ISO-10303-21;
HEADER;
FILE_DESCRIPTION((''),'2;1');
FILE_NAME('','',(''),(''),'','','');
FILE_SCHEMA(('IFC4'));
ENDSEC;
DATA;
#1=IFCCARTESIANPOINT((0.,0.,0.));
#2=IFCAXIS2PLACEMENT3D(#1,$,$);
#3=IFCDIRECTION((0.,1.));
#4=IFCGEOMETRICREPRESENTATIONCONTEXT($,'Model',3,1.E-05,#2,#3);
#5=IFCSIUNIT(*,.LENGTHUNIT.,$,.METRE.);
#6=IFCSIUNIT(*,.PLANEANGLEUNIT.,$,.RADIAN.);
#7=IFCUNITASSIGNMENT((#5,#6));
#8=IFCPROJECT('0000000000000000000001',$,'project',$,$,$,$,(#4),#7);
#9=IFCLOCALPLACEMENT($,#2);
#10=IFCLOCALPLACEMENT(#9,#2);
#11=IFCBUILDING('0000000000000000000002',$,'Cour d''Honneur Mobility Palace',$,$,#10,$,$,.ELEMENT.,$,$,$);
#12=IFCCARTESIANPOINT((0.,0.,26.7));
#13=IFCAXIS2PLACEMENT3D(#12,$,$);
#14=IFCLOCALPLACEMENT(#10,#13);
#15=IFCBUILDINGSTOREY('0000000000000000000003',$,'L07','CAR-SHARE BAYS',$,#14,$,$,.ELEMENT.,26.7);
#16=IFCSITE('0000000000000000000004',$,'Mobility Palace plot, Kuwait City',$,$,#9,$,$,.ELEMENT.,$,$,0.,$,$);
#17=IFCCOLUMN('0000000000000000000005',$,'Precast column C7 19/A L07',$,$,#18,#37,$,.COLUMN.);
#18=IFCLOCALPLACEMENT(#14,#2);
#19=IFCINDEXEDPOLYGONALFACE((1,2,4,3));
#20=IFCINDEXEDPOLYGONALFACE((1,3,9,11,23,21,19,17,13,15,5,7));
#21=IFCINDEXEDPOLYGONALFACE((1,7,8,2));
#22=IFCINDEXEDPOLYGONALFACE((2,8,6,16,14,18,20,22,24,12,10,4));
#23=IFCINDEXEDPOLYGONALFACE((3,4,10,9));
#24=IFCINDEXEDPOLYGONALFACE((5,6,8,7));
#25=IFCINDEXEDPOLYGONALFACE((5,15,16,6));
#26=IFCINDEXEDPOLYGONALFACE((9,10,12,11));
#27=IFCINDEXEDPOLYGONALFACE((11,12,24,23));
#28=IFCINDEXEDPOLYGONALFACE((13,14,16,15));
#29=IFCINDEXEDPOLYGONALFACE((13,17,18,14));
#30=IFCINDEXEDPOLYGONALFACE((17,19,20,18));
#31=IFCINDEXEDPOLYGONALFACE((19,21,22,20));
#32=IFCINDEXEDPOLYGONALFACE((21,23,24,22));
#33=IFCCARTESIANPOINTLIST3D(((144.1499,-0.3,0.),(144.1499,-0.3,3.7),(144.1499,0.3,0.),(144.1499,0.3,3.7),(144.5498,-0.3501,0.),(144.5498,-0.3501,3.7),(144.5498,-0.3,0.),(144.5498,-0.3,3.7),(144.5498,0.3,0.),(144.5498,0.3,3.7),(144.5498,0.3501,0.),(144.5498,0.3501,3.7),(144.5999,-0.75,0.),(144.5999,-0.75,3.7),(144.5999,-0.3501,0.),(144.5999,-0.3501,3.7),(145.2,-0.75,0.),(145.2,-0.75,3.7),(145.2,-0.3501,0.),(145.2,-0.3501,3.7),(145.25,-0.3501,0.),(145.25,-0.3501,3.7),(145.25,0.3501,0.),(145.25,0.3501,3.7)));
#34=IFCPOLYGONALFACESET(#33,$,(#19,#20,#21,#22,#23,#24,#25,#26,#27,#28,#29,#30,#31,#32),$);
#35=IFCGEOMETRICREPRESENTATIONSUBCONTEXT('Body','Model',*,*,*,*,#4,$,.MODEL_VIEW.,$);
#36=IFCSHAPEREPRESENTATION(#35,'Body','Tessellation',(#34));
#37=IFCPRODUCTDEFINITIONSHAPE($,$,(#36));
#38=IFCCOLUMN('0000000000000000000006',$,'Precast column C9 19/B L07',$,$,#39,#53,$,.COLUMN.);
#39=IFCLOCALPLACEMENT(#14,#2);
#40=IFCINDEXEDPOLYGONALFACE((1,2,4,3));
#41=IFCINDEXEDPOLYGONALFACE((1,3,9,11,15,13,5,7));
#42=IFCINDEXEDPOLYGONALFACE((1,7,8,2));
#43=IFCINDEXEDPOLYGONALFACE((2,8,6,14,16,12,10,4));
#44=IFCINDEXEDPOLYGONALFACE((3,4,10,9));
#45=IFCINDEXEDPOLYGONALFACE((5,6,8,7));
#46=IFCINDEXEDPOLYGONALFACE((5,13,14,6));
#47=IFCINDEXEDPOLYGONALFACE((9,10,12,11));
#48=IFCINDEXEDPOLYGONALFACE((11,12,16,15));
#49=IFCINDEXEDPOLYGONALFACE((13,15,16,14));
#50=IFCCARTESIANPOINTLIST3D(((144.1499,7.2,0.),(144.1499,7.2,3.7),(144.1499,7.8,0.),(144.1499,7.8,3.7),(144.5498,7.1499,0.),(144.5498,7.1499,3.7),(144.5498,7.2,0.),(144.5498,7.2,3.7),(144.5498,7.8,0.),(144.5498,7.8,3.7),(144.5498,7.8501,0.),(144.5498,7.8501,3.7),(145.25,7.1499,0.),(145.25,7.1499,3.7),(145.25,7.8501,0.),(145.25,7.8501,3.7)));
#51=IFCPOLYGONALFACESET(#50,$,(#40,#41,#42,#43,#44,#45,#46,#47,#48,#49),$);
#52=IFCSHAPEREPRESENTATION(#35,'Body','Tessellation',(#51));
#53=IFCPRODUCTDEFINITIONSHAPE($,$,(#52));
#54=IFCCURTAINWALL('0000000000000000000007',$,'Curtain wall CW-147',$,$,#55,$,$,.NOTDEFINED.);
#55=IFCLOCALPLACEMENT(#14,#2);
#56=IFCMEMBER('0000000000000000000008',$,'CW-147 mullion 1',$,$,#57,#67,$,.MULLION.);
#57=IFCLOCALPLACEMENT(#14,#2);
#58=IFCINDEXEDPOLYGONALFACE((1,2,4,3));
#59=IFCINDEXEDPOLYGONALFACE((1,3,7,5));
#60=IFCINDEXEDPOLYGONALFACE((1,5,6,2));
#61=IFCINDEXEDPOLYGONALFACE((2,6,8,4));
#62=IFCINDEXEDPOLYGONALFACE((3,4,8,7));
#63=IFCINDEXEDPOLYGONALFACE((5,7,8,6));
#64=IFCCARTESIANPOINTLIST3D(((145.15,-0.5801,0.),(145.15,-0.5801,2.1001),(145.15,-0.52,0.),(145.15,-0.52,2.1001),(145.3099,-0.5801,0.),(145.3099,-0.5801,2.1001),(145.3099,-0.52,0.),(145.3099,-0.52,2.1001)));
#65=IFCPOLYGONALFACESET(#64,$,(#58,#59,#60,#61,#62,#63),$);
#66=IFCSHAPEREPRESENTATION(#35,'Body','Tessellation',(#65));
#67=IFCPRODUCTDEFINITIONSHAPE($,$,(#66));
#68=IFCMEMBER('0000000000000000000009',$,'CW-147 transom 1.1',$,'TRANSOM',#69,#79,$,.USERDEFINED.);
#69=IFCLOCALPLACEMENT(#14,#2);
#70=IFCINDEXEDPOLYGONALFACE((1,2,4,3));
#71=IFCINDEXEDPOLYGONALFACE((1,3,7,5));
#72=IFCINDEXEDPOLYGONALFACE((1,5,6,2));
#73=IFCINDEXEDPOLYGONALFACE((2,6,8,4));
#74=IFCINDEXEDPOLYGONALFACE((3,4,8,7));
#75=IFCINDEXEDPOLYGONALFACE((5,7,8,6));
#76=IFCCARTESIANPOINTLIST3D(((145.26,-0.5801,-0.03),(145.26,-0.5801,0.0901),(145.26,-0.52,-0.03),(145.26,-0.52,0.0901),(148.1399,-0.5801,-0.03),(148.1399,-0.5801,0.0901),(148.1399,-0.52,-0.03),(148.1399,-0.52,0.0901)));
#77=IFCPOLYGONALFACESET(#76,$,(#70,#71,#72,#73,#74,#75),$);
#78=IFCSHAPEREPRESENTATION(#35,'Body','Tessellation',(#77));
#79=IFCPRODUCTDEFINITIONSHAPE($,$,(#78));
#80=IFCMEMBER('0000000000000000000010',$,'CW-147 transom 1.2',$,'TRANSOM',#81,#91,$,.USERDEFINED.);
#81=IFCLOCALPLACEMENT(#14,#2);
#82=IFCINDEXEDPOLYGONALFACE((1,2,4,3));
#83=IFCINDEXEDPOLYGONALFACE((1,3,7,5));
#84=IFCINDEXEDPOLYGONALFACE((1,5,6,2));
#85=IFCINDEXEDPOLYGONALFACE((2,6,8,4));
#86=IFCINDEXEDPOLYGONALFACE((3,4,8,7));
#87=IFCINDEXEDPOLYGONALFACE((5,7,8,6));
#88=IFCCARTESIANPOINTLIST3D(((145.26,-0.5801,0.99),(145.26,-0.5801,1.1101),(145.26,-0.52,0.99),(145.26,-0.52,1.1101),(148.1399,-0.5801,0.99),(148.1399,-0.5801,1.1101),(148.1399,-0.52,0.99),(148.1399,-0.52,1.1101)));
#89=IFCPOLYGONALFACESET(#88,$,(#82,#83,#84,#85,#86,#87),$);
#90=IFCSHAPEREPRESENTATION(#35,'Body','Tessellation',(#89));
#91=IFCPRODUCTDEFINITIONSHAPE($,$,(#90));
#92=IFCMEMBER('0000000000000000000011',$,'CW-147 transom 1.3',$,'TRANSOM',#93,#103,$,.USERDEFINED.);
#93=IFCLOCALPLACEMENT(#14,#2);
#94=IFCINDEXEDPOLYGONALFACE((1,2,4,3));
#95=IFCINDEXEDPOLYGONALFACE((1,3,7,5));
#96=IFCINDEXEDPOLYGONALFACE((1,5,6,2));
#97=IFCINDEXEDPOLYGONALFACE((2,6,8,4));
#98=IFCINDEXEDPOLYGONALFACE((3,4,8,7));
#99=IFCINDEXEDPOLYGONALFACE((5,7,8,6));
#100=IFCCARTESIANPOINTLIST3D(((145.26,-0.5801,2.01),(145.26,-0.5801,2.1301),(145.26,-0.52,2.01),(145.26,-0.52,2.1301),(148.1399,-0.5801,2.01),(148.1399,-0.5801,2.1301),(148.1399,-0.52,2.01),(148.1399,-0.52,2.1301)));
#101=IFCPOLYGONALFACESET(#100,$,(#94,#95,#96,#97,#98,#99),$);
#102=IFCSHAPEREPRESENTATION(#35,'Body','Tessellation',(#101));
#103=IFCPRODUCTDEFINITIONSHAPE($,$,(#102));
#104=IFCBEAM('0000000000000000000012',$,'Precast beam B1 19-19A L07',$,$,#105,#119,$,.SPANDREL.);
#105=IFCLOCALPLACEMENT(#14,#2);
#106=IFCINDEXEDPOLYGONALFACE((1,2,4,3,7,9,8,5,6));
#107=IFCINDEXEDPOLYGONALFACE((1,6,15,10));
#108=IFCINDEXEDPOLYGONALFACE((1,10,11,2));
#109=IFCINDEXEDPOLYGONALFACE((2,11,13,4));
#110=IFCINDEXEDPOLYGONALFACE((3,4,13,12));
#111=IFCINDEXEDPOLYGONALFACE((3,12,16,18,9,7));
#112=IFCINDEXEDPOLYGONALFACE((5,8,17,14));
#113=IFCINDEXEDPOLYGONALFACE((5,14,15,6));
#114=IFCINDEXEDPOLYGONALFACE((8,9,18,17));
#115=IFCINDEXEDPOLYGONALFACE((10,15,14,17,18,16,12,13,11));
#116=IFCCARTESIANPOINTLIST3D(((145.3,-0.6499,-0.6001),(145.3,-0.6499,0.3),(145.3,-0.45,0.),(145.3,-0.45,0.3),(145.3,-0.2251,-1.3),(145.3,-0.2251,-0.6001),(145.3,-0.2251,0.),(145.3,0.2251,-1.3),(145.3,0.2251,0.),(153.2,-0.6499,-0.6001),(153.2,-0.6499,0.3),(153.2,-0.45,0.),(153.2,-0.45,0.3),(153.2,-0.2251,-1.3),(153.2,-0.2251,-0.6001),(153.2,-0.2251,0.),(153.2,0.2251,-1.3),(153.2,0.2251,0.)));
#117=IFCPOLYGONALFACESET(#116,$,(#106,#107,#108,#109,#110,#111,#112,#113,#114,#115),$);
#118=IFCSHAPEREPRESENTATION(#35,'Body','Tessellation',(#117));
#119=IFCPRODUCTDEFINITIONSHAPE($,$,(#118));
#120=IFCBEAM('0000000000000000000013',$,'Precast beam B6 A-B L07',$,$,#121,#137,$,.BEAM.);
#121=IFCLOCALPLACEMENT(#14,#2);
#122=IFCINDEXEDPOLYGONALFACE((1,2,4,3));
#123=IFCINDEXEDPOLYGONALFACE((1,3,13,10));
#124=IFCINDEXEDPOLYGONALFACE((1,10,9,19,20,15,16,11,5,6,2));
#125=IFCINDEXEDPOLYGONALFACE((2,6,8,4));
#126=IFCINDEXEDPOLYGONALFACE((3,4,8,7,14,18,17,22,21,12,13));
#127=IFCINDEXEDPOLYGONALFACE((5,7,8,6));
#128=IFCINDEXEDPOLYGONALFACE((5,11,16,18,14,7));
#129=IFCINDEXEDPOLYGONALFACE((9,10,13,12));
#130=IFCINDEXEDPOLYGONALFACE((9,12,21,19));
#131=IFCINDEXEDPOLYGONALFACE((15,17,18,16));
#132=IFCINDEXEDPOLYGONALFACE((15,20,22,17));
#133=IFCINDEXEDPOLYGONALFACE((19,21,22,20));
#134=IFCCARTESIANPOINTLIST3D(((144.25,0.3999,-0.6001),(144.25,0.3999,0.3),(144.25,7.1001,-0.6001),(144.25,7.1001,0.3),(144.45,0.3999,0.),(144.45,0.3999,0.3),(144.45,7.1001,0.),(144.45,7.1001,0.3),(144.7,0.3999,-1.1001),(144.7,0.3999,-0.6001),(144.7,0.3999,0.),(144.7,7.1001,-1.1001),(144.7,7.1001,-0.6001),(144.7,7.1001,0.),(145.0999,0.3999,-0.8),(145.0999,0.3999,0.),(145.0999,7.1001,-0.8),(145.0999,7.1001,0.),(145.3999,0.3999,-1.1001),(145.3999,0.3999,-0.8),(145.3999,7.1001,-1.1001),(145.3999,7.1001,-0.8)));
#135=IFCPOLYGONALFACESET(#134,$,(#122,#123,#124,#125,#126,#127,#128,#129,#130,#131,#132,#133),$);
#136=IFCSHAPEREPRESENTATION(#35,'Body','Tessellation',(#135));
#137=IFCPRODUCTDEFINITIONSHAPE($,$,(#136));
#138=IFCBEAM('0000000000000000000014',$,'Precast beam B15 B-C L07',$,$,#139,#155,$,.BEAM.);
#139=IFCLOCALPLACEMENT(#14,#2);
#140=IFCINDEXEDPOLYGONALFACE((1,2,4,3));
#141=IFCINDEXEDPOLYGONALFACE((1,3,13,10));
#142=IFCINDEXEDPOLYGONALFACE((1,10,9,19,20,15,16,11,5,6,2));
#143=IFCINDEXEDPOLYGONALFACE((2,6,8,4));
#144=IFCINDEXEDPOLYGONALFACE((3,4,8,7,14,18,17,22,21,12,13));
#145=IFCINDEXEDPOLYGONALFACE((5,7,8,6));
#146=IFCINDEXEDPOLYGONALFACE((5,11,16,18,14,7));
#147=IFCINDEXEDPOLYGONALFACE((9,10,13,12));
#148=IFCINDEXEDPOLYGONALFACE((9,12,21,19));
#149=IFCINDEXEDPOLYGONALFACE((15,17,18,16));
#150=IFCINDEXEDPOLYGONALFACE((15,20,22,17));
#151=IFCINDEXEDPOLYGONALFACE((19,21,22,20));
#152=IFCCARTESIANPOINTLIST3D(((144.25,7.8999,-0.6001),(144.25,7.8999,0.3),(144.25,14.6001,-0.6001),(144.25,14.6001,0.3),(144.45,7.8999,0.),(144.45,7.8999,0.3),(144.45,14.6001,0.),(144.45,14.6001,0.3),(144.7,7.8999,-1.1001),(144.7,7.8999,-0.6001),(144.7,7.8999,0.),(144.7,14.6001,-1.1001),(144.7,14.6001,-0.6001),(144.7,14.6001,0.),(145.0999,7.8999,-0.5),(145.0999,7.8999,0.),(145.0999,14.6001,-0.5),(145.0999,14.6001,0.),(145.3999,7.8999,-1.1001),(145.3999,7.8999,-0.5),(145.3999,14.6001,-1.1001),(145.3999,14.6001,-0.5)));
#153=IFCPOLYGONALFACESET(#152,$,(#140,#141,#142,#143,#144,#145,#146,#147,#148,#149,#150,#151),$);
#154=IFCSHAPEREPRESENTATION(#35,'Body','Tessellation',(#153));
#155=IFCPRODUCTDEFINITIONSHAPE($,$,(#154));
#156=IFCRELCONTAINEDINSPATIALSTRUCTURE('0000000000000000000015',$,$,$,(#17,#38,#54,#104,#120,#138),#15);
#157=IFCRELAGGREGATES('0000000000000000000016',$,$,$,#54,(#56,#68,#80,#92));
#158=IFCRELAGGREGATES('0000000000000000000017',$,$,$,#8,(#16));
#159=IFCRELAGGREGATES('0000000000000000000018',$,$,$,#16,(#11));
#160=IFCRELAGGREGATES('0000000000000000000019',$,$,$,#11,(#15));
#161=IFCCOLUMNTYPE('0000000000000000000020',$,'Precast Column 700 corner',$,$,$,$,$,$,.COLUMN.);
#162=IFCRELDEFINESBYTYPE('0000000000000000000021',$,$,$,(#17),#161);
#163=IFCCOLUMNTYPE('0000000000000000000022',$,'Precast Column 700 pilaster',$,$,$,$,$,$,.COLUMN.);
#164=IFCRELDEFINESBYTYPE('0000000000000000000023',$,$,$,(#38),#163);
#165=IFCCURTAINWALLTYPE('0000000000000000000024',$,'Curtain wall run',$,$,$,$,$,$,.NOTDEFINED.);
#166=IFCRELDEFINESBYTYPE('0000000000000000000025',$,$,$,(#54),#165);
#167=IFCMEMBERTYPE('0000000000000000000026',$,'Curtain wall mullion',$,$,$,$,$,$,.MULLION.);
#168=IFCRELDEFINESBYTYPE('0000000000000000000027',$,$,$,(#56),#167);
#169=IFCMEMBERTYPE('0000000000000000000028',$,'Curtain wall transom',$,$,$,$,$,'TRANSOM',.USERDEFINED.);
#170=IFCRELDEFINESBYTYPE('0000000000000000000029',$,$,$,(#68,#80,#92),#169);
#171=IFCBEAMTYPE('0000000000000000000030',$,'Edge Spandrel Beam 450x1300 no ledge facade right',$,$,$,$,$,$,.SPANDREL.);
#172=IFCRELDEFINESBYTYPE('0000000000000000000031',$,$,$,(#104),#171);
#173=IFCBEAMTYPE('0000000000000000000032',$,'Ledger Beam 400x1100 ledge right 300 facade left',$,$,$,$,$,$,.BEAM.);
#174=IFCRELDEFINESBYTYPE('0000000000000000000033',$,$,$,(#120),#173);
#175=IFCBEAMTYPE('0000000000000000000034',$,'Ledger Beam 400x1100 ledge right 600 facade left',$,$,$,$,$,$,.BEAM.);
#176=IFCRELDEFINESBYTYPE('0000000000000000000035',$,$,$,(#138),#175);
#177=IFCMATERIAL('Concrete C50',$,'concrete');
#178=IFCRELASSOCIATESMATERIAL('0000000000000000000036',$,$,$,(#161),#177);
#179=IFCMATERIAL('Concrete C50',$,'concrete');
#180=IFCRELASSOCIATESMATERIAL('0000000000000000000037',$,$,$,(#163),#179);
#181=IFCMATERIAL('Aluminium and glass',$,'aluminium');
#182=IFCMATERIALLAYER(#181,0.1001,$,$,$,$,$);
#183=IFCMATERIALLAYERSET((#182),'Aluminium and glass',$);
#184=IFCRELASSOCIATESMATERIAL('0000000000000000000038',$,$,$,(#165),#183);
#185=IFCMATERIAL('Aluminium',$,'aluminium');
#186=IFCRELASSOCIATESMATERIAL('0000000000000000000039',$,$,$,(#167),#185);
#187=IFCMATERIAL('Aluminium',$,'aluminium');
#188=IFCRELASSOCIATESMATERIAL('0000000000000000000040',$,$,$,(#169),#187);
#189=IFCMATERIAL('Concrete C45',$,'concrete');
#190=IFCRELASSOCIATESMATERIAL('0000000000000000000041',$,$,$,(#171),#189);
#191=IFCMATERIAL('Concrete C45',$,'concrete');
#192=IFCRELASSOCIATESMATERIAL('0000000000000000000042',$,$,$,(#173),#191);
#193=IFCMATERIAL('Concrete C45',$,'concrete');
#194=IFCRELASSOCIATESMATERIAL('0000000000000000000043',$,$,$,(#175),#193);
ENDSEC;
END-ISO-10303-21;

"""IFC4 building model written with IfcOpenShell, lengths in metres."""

from ifc_helpers import new_model, si_unit, direction, frame, origin, origin_2d, place, context, subcontext, project, spatial, polyline, rectangle, outline, extrude, material, layer, layer_set, material_profile, profile_set, type_object, element, aggregate, save


model = new_model("IFC4")

# Units and contexts
model_context = context("Model", 3, precision=1e-05, world=origin(), true_north=direction((0.0, 1.0)))
body_context = subcontext(model_context, "Body", "Model", "MODEL_VIEW")
ifc_project = project(units=[si_unit("LENGTHUNIT", "METRE"), si_unit("PLANEANGLEUNIT", "RADIAN")], contexts=[model_context])

# Site, building, storey
site_placement = place(None, origin())
site = spatial("IfcSite", under=ifc_project, at=site_placement, Name="Mobility Palace plot, Kuwait City", CompositionType="ELEMENT", RefElevation=0.0)
building_placement = place(site_placement, origin())
building = spatial("IfcBuilding", under=site, at=building_placement, Name="Cour d'Honneur Mobility Palace", CompositionType="ELEMENT")
storey_placement = place(building_placement, frame((0.0, 0.0, 26.7)))
storey = spatial("IfcBuildingStorey", under=building, at=storey_placement, Name="L07", Description="CAR-SHARE BAYS", CompositionType="ELEMENT", Elevation=26.7)

# Columns
ifc_material_1 = material(Name="Concrete C50", Category="concrete")
ifc_material_profile_1 = material_profile(ifc_material_1, outline(polyline([(-0.3501, -0.3501), (0.3501, -0.3501), (0.3501, -0.3), (0.75, -0.3), (0.75, 0.3), (0.3501, 0.3), (0.3501, 0.3501), (0.3, 0.3501), (0.3, 0.75), (-0.3, 0.75), (-0.3, 0.3501), (-0.3501, 0.3501), (-0.3501, -0.3501)])), Name="PC C700 corner")
ifc_profile_set_1 = profile_set([ifc_material_profile_1], Name="Concrete C50")
column_type_1 = type_object("IfcColumnType", Name="Precast Column 700 corner", PredefinedType="COLUMN", material=ifc_profile_set_1)
column_1_placement = place(storey_placement, frame((144.8999, 0.0, 0.0), z_axis=(0.0, 0.0, 1.0), x_axis=(-1.0, 0.0, 0.0)))
element("IfcColumn", 1, at=column_1_placement, inside=storey, type_object=column_type_1, Name="Precast column C7 19/A L07", PredefinedType="COLUMN", context=body_context, shape_type="SweptSolid", body=[
    extrude(outline(polyline([(-0.3501, -0.3501), (0.3501, -0.3501), (0.3501, -0.3), (0.75, -0.3), (0.75, 0.3), (0.3501, 0.3), (0.3501, 0.3501), (0.3, 0.3501), (0.3, 0.75), (-0.3, 0.75), (-0.3, 0.3501), (-0.3501, 0.3501), (-0.3501, -0.3501)])), origin(), (0.0, 0.0, 1.0), 3.7),
])
ifc_material_2 = material(Name="Concrete C50", Category="concrete")
ifc_material_profile_2 = material_profile(ifc_material_2, outline(polyline([(-0.3501, -0.3501), (0.3501, -0.3501), (0.3501, -0.3), (0.75, -0.3), (0.75, 0.3), (0.3501, 0.3), (0.3501, 0.3501), (-0.3501, 0.3501), (-0.3501, -0.3501)])), Name="PC C700 pilaster")
ifc_profile_set_2 = profile_set([ifc_material_profile_2], Name="Concrete C50")
column_type_2 = type_object("IfcColumnType", Name="Precast Column 700 pilaster", PredefinedType="COLUMN", material=ifc_profile_set_2)
column_2_placement = place(storey_placement, frame((144.8999, 7.5, 0.0), z_axis=(0.0, 0.0, 1.0), x_axis=(-1.0, 0.0, 0.0)))
element("IfcColumn", 2, at=column_2_placement, inside=storey, type_object=column_type_2, Name="Precast column C9 19/B L07", PredefinedType="COLUMN", context=body_context, shape_type="SweptSolid", body=[
    extrude(outline(polyline([(-0.3501, -0.3501), (0.3501, -0.3501), (0.3501, -0.3), (0.75, -0.3), (0.75, 0.3), (0.3501, 0.3), (0.3501, 0.3501), (-0.3501, 0.3501), (-0.3501, -0.3501)])), origin(), (0.0, 0.0, 1.0), 3.7),
])

# Curtain wall, members
ifc_material_3 = material(Name="Aluminium and glass", Category="aluminium")
ifc_layer_1 = layer(ifc_material_3, 0.1001)
ifc_layer_set_1 = layer_set([ifc_layer_1], Name="Aluminium and glass")
curtain_wall_type = type_object("IfcCurtainWallType", Name="Curtain wall run", PredefinedType="NOTDEFINED", material=ifc_layer_set_1)
curtain_wall_placement = place(storey_placement, origin())
curtain_wall = element("IfcCurtainWall", 3, at=curtain_wall_placement, inside=storey, type_object=curtain_wall_type, Name="Curtain wall CW-147", PredefinedType="NOTDEFINED")
ifc_material_4 = material(Name="Aluminium", Category="aluminium")
ifc_material_profile_3 = material_profile(ifc_material_4, rectangle(XDim=0.0601, YDim=0.1599, at=origin_2d()), Name="Curtain wall mullion")
ifc_profile_set_3 = profile_set([ifc_material_profile_3], Name="Aluminium")
member_type_1 = type_object("IfcMemberType", Name="Curtain wall mullion", PredefinedType="MULLION", material=ifc_profile_set_3)
member_1_placement = place(storey_placement, frame((145.23, -0.55, 0.0), z_axis=(0.0, 0.0, 1.0), x_axis=(0.0, 1.0, 0.0)))
member_1 = element("IfcMember", 4, at=member_1_placement, type_object=member_type_1, Name="CW-147 mullion 1", PredefinedType="MULLION", context=body_context, shape_type="SweptSolid", body=[
    extrude(rectangle(XDim=0.0601, YDim=0.1599, at=origin_2d()), origin(), (0.0, 0.0, 1.0), 2.1001),
])
ifc_material_5 = material(Name="Aluminium", Category="aluminium")
ifc_material_profile_4 = material_profile(ifc_material_5, rectangle(XDim=0.0601, YDim=0.1201, at=origin_2d()), Name="Curtain wall transom")
ifc_profile_set_4 = profile_set([ifc_material_profile_4], Name="Aluminium")
member_type_2 = type_object("IfcMemberType", Name="Curtain wall transom", ElementType="TRANSOM", PredefinedType="USERDEFINED", material=ifc_profile_set_4)
member_2_placement = place(storey_placement, frame((145.26, -0.55, 0.03), z_axis=(1.0, 0.0, 0.0), x_axis=(0.0, 1.0, 0.0)))
member_2 = element("IfcMember", 5, at=member_2_placement, type_object=member_type_2, Name="CW-147 transom 1.1", ObjectType="TRANSOM", PredefinedType="USERDEFINED", context=body_context, shape_type="SweptSolid", body=[
    extrude(rectangle(XDim=0.0601, YDim=0.1201, at=origin_2d()), origin(), (0.0, 0.0, 1.0), 2.8799),
])
member_3_placement = place(storey_placement, frame((145.26, -0.55, 1.05), z_axis=(1.0, 0.0, 0.0), x_axis=(0.0, 1.0, 0.0)))
member_3 = element("IfcMember", 6, at=member_3_placement, type_object=member_type_2, Name="CW-147 transom 1.2", ObjectType="TRANSOM", PredefinedType="USERDEFINED", context=body_context, shape_type="SweptSolid", body=[
    extrude(rectangle(XDim=0.0601, YDim=0.1201, at=origin_2d()), origin(), (0.0, 0.0, 1.0), 2.8799),
])
member_4_placement = place(storey_placement, frame((145.26, -0.55, 2.0701), z_axis=(1.0, 0.0, 0.0), x_axis=(0.0, 1.0, 0.0)))
member_4 = element("IfcMember", 7, at=member_4_placement, type_object=member_type_2, Name="CW-147 transom 1.3", ObjectType="TRANSOM", PredefinedType="USERDEFINED", context=body_context, shape_type="SweptSolid", body=[
    extrude(rectangle(XDim=0.0601, YDim=0.1201, at=origin_2d()), origin(), (0.0, 0.0, 1.0), 2.8799),
])

# Beams
ifc_material_6 = material(Name="Concrete C45", Category="concrete")
ifc_material_profile_5 = material_profile(ifc_material_6, outline(polyline([(0.2251, -1.3), (0.2251, 0.0), (-0.2251, 0.0), (-0.45, 0.0), (-0.45, 0.3), (-0.6499, 0.3), (-0.6499, -0.6001), (-0.2251, -0.6001), (-0.2251, -1.3), (0.2251, -1.3)])), Name="Edge Spandrel Beam 450x1300 no ledge facade right")
ifc_profile_set_5 = profile_set([ifc_material_profile_5], Name="Concrete C45")
beam_type_1 = type_object("IfcBeamType", Name="Edge Spandrel Beam 450x1300 no ledge facade right", PredefinedType="SPANDREL", material=ifc_profile_set_5)
beam_1_placement = place(storey_placement, frame((145.3, 0.0, 0.0), z_axis=(1.0, 0.0, 0.0), x_axis=(0.0, 1.0, 0.0)))
element("IfcBeam", 8, at=beam_1_placement, inside=storey, type_object=beam_type_1, Name="Precast beam B1 19-19A L07", PredefinedType="SPANDREL", context=body_context, shape_type="SweptSolid", body=[
    extrude(outline(polyline([(0.2251, -1.3), (0.2251, 0.0), (-0.2251, 0.0), (-0.45, 0.0), (-0.45, 0.3), (-0.6499, 0.3), (-0.6499, -0.6001), (-0.2251, -0.6001), (-0.2251, -1.3), (0.2251, -1.3)])), origin(), (0.0, 0.0, 1.0), 7.8999),
])
ifc_material_7 = material(Name="Concrete C45", Category="concrete")
ifc_material_profile_6 = material_profile(ifc_material_7, outline(polyline([(0.2, -1.1001), (0.2, -0.6001), (0.6499, -0.6001), (0.6499, 0.3), (0.45, 0.3), (0.45, 0.0), (0.2, 0.0), (-0.2, 0.0), (-0.2, -0.8), (-0.5, -0.8), (-0.5, -1.1001), (0.2, -1.1001)])), Name="Ledger Beam 400x1100 ledge right 300 facade left")
ifc_profile_set_6 = profile_set([ifc_material_profile_6], Name="Concrete C45")
beam_type_2 = type_object("IfcBeamType", Name="Ledger Beam 400x1100 ledge right 300 facade left", PredefinedType="BEAM", material=ifc_profile_set_6)
beam_2_placement = place(storey_placement, frame((144.8999, 0.3999, 0.0), z_axis=(0.0, 1.0, 0.0), x_axis=(-1.0, 0.0, 0.0)))
element("IfcBeam", 9, at=beam_2_placement, inside=storey, type_object=beam_type_2, Name="Precast beam B6 A-B L07", PredefinedType="BEAM", context=body_context, shape_type="SweptSolid", body=[
    extrude(outline(polyline([(0.2, -1.1001), (0.2, -0.6001), (0.6499, -0.6001), (0.6499, 0.3), (0.45, 0.3), (0.45, 0.0), (0.2, 0.0), (-0.2, 0.0), (-0.2, -0.8), (-0.5, -0.8), (-0.5, -1.1001), (0.2, -1.1001)])), origin(), (0.0, 0.0, 1.0), 6.7002),
])
ifc_material_8 = material(Name="Concrete C45", Category="concrete")
ifc_material_profile_7 = material_profile(ifc_material_8, outline(polyline([(0.2, -1.1001), (0.2, -0.6001), (0.6499, -0.6001), (0.6499, 0.3), (0.45, 0.3), (0.45, 0.0), (0.2, 0.0), (-0.2, 0.0), (-0.2, -0.5), (-0.5, -0.5), (-0.5, -1.1001), (0.2, -1.1001)])), Name="Ledger Beam 400x1100 ledge right 600 facade left")
ifc_profile_set_7 = profile_set([ifc_material_profile_7], Name="Concrete C45")
beam_type_3 = type_object("IfcBeamType", Name="Ledger Beam 400x1100 ledge right 600 facade left", PredefinedType="BEAM", material=ifc_profile_set_7)
beam_3_placement = place(storey_placement, frame((144.8999, 7.8999, 0.0), z_axis=(0.0, 1.0, 0.0), x_axis=(-1.0, 0.0, 0.0)))
element("IfcBeam", 10, at=beam_3_placement, inside=storey, type_object=beam_type_3, Name="Precast beam B15 B-C L07", PredefinedType="BEAM", context=body_context, shape_type="SweptSolid", body=[
    extrude(outline(polyline([(0.2, -1.1001), (0.2, -0.6001), (0.6499, -0.6001), (0.6499, 0.3), (0.45, 0.3), (0.45, 0.0), (0.2, 0.0), (-0.2, 0.0), (-0.2, -0.5), (-0.5, -0.5), (-0.5, -1.1001), (0.2, -1.1001)])), origin(), (0.0, 0.0, 1.0), 6.7002),
])

aggregate(curtain_wall, [member_1, member_2, member_3, member_4])

save(model, "model.ifc")
